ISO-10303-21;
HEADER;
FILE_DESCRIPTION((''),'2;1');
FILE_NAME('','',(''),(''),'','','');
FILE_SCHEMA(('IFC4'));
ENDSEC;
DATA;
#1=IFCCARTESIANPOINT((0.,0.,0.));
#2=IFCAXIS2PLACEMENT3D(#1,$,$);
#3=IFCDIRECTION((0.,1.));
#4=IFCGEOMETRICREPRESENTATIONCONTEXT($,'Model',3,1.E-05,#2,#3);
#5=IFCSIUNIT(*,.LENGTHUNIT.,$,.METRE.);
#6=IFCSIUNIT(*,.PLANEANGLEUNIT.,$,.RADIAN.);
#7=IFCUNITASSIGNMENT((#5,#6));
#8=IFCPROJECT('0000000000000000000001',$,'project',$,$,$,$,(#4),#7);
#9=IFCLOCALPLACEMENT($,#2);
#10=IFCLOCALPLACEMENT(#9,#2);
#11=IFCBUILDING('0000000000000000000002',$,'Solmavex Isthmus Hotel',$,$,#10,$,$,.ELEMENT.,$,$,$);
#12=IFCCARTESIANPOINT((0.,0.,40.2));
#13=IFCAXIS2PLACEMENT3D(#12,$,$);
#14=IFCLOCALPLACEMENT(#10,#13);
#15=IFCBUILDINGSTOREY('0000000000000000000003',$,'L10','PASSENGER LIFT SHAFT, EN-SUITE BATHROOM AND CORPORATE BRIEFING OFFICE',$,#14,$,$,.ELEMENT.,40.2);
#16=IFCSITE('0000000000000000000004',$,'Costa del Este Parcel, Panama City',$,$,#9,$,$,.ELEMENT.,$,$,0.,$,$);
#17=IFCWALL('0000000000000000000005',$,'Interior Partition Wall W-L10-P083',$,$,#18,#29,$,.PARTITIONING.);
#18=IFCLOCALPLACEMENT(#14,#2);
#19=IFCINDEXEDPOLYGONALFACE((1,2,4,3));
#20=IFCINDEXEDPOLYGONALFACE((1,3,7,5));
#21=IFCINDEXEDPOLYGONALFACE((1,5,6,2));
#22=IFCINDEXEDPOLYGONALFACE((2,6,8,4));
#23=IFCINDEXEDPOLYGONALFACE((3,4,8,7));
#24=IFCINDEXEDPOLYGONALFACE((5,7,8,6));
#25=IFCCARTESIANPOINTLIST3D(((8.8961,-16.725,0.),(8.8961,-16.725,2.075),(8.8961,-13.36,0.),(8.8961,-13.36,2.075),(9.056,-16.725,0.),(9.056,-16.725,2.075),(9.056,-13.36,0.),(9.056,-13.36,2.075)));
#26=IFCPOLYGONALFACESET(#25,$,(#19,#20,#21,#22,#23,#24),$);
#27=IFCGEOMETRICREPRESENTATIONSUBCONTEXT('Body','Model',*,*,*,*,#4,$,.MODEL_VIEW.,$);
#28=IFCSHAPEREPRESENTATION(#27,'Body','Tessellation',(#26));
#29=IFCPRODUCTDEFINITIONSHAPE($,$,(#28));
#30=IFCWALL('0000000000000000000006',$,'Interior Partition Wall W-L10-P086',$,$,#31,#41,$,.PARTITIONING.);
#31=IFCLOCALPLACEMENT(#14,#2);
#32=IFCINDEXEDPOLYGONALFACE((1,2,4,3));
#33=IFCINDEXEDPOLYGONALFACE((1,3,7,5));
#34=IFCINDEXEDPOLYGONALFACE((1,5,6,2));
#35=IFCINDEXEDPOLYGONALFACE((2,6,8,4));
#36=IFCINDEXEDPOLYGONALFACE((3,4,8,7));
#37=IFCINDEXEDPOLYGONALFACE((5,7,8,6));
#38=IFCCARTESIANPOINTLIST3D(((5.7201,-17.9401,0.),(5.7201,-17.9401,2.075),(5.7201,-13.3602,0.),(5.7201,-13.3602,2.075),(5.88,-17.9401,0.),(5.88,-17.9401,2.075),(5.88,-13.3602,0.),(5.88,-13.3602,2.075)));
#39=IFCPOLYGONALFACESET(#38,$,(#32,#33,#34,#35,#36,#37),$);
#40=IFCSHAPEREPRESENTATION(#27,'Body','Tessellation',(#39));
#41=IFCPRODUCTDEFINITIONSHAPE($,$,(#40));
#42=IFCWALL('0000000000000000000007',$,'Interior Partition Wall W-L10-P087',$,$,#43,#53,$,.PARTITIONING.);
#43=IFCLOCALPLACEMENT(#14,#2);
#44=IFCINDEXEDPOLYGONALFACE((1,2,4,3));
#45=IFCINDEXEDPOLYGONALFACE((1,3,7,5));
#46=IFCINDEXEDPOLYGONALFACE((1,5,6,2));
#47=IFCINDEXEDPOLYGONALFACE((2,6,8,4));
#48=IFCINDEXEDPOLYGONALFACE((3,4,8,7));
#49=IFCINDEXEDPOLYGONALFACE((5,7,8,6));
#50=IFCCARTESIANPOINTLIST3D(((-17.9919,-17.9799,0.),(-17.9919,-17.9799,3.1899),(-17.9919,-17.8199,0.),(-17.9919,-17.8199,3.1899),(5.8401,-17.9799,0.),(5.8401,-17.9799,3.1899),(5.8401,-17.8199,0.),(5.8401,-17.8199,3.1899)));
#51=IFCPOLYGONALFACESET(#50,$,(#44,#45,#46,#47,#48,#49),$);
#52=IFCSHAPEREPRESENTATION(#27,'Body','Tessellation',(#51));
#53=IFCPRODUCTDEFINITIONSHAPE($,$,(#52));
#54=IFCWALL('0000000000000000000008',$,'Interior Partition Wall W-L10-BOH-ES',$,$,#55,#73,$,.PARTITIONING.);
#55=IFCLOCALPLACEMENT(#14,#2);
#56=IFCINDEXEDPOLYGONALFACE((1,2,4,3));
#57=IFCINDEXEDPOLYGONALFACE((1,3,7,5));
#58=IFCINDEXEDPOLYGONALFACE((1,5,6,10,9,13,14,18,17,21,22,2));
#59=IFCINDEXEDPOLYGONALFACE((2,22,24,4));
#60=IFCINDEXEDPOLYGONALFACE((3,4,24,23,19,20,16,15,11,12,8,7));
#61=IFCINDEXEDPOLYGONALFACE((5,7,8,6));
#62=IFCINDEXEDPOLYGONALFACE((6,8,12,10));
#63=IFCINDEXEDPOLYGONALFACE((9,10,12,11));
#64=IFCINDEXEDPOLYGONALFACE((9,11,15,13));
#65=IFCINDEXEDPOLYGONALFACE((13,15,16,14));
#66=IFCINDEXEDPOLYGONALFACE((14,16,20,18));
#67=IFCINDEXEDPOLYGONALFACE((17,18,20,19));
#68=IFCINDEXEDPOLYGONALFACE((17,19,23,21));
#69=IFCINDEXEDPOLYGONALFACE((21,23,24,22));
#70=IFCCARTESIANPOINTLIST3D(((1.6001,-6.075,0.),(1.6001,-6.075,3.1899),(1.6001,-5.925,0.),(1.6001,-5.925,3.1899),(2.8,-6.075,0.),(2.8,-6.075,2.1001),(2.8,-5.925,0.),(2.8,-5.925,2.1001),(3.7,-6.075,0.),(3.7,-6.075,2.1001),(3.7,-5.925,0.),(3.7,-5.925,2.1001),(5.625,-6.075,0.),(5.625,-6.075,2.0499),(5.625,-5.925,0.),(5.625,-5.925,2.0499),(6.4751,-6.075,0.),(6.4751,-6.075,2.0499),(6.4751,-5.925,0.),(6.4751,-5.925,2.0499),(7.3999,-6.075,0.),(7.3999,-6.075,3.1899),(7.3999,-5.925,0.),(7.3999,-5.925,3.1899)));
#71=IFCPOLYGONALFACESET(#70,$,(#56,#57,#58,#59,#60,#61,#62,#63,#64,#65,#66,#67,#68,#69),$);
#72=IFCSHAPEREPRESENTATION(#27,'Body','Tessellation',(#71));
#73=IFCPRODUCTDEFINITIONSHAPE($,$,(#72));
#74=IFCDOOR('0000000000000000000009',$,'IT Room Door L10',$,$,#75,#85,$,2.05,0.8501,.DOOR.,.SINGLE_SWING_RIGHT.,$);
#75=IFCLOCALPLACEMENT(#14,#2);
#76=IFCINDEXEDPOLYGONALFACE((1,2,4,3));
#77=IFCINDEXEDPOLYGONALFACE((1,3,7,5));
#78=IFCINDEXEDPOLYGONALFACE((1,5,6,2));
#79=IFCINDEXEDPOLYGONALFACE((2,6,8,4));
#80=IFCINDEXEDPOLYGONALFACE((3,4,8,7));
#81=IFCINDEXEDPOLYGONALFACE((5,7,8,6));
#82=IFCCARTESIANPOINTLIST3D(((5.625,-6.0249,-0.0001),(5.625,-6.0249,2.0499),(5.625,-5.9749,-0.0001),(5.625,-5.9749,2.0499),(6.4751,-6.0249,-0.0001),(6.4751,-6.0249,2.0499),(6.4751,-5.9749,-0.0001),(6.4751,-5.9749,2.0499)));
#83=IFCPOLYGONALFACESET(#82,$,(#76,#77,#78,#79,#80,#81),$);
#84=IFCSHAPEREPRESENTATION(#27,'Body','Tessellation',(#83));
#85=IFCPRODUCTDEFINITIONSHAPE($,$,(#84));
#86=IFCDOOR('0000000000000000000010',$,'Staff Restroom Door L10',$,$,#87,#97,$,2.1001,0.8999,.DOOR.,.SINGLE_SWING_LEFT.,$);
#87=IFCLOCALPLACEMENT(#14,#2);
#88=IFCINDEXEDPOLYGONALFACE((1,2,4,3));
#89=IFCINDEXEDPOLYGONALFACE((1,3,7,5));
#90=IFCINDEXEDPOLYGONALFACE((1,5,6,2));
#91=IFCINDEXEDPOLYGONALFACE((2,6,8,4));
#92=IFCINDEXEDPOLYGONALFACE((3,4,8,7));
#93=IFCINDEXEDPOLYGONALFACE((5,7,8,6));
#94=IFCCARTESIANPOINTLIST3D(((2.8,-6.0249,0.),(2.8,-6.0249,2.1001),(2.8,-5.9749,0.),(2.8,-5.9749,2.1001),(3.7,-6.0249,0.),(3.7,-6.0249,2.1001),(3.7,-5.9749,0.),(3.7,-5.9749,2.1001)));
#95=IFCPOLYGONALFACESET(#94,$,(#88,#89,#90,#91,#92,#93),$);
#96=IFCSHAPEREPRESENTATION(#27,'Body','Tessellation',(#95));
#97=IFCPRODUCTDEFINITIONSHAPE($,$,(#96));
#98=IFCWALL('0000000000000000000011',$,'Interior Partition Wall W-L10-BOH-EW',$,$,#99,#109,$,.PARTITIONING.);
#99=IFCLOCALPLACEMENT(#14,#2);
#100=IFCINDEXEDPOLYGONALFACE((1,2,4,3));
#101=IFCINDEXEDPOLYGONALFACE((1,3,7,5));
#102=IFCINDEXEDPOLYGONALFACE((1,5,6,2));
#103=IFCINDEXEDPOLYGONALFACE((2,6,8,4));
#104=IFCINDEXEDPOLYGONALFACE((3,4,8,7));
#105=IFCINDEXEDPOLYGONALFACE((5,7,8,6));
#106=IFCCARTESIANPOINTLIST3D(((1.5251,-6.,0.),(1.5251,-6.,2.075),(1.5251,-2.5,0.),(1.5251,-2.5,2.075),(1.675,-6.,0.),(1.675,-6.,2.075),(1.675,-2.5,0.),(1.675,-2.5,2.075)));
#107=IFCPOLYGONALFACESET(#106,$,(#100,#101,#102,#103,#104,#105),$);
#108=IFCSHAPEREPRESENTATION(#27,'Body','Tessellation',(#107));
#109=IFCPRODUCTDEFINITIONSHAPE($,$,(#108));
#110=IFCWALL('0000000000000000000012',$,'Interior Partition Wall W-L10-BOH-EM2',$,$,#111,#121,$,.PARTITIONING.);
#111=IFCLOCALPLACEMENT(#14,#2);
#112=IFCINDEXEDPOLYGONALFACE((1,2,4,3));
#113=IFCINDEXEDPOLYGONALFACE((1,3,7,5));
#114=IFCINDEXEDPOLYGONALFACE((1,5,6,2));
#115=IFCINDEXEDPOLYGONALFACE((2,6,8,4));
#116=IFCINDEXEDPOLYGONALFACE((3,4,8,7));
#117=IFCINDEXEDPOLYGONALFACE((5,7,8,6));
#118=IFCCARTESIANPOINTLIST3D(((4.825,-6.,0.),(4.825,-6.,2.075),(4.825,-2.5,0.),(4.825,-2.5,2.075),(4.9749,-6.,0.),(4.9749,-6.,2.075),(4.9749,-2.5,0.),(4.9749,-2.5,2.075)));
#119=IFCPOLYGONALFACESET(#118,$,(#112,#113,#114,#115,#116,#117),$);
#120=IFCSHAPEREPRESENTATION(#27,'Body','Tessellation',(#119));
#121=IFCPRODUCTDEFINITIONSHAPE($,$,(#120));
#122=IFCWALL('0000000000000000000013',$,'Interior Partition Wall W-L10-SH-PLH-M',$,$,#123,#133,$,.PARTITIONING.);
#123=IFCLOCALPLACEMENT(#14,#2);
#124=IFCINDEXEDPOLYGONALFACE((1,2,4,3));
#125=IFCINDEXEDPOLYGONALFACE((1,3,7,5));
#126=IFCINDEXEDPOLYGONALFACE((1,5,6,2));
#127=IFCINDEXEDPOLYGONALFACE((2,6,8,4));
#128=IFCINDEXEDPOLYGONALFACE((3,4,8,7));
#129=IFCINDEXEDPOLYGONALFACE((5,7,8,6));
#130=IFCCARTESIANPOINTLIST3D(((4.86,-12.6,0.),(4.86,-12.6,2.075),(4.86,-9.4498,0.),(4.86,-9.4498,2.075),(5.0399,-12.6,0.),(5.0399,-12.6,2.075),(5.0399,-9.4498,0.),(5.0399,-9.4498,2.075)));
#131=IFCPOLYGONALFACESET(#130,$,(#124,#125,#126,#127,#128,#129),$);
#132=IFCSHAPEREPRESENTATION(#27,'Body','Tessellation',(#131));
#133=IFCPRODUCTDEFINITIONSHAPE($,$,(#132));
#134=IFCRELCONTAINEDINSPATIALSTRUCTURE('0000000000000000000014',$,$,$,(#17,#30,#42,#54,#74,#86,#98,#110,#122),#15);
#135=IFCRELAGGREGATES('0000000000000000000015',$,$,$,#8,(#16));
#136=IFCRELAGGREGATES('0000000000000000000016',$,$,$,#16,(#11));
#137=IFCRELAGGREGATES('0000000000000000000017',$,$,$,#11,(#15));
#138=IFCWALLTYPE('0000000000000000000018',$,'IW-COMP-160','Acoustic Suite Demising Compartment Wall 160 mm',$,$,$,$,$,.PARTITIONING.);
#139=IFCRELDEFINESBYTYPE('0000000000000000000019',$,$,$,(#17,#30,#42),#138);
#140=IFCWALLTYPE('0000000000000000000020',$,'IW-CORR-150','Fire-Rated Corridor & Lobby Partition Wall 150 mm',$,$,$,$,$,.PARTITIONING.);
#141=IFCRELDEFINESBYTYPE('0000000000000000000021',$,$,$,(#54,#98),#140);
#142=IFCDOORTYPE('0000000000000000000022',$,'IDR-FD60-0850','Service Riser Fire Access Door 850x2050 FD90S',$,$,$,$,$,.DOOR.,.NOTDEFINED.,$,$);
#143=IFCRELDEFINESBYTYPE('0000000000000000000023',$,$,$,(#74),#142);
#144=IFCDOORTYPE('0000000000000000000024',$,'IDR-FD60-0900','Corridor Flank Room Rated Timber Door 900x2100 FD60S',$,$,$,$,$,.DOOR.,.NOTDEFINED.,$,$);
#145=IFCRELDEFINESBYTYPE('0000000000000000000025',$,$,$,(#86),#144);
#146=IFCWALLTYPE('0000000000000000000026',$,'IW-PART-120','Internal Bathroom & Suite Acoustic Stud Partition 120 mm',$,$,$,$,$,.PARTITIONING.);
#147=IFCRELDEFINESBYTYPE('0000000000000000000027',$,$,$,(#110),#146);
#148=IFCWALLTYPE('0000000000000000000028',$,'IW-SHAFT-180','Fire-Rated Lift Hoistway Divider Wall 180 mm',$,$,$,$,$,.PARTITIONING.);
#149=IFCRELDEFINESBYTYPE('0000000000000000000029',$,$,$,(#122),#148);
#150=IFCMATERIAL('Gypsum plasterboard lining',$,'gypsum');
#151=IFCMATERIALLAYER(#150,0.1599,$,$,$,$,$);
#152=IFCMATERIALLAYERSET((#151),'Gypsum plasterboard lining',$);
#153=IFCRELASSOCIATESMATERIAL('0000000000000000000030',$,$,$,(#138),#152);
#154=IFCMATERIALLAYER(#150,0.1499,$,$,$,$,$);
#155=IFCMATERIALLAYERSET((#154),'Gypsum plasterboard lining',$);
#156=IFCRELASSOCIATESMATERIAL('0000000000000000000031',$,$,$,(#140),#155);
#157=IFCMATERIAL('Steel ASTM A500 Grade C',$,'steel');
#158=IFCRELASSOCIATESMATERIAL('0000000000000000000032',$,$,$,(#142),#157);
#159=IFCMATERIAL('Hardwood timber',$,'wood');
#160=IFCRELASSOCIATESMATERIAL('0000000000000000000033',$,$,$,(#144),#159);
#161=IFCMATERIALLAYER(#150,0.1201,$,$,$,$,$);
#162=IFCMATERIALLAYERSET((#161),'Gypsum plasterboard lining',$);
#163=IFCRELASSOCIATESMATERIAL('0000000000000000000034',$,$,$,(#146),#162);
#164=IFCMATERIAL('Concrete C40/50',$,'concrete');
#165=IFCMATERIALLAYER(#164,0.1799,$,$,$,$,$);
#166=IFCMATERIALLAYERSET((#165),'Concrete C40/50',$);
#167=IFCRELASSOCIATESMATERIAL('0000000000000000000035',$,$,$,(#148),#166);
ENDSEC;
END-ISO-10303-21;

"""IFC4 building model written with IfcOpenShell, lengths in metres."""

from ifc_helpers import new_model, si_unit, direction, frame, frame_2d, origin, place, context, subcontext, project, spatial, rectangle, extrude, material, layer, layer_set, type_object, element, fill, save


model = new_model("IFC4")

# Units and contexts
model_context = context("Model", 3, precision=1e-05, world=origin(), true_north=direction((0.0, 1.0)))
body_context = subcontext(model_context, "Body", "Model", "MODEL_VIEW")
ifc_project = project(units=[si_unit("LENGTHUNIT", "METRE"), si_unit("PLANEANGLEUNIT", "RADIAN")], contexts=[model_context])

# Site, building, storey
site_placement = place(None, origin())
site = spatial("IfcSite", under=ifc_project, at=site_placement, Name="Costa del Este Parcel, Panama City", CompositionType="ELEMENT", RefElevation=0.0)
building_placement = place(site_placement, origin())
building = spatial("IfcBuilding", under=site, at=building_placement, Name="Solmavex Isthmus Hotel", CompositionType="ELEMENT")
storey_placement = place(building_placement, frame((0.0, 0.0, 40.2)))
storey = spatial("IfcBuildingStorey", under=building, at=storey_placement, Name="L10", Description="PASSENGER LIFT SHAFT, EN-SUITE BATHROOM AND CORPORATE BRIEFING OFFICE", CompositionType="ELEMENT", Elevation=40.2)

# Walls
ifc_material_1 = material(Name="Gypsum plasterboard lining", Category="gypsum")
ifc_layer_1 = layer(ifc_material_1, 0.1599)
ifc_layer_set_1 = layer_set([ifc_layer_1], Name="Gypsum plasterboard lining")
wall_type_1 = type_object("IfcWallType", Name="IW-COMP-160", Description="Acoustic Suite Demising Compartment Wall 160 mm", PredefinedType="PARTITIONING", material=ifc_layer_set_1)
wall_1_placement = place(storey_placement, frame((8.9761, -16.7251, 0.0), z_axis=(0.0, 0.0, 1.0), x_axis=(0.0, 1.0, 0.0)))
element("IfcWall", 1, at=wall_1_placement, inside=storey, type_object=wall_type_1, Name="Interior Partition Wall W-L10-P083", PredefinedType="PARTITIONING", context=body_context, shape_type="SweptSolid", body=[
    extrude(rectangle(XDim=3.365, YDim=0.1599, at=frame_2d((1.6826, 0.0))), origin(), (0.0, 0.0, 1.0), 2.075),
])
wall_2_placement = place(storey_placement, frame((5.8, -13.3601, 0.0), z_axis=(0.0, 0.0, 1.0), x_axis=(0.0, -1.0, 0.0)))
element("IfcWall", 2, at=wall_2_placement, inside=storey, type_object=wall_type_1, Name="Interior Partition Wall W-L10-P086", PredefinedType="PARTITIONING", context=body_context, shape_type="SweptSolid", body=[
    extrude(rectangle(XDim=4.5798, YDim=0.1599, at=frame_2d((2.29, 0.0))), origin(), (0.0, 0.0, 1.0), 2.075),
])
wall_3_placement = place(storey_placement, frame((5.8401, -17.8999, 0.0), z_axis=(0.0, 0.0, 1.0), x_axis=(-1.0, 0.0, 0.0)))
element("IfcWall", 3, at=wall_3_placement, inside=storey, type_object=wall_type_1, Name="Interior Partition Wall W-L10-P087", PredefinedType="PARTITIONING", context=body_context, shape_type="SweptSolid", body=[
    extrude(rectangle(XDim=23.832, YDim=0.1599, at=frame_2d((11.916, 0.0))), origin(), (0.0, 0.0, 1.0), 3.1899),
])

# Wall, openings, doors
ifc_layer_2 = layer(ifc_material_1, 0.1499)
ifc_layer_set_2 = layer_set([ifc_layer_2], Name="Gypsum plasterboard lining")
wall_type_2 = type_object("IfcWallType", Name="IW-CORR-150", Description="Fire-Rated Corridor & Lobby Partition Wall 150 mm", PredefinedType="PARTITIONING", material=ifc_layer_set_2)
wall_4_placement = place(storey_placement, frame((1.6001, -6.0, 0.0), z_axis=(0.0, 0.0, 1.0), x_axis=(1.0, 0.0, 0.0)))
wall_4 = element("IfcWall", 4, at=wall_4_placement, inside=storey, type_object=wall_type_2, Name="Interior Partition Wall W-L10-BOH-ES", PredefinedType="PARTITIONING", context=body_context, shape_type="SweptSolid", body=[
    extrude(rectangle(XDim=5.7998, YDim=0.1499, at=frame_2d((2.8999, 0.0))), origin(), (0.0, 0.0, 1.0), 3.1899),
])
opening_1_placement = place(wall_4_placement, frame((1.2, 0.0, 0.0)))
opening_1 = element("IfcOpeningElement", 5, at=opening_1_placement, cuts=wall_4, PredefinedType="OPENING", context=body_context, shape_type="SweptSolid", body=[
    extrude(rectangle(XDim=0.8999, YDim=2.1001, at=frame_2d((0.45, 1.05))), frame((0.0, 0.085, 0.0), z_axis=(0.0, -1.0, 0.0), x_axis=(1.0, 0.0, 0.0)), (0.0, 0.0, 1.0), 0.1699),
])
opening_2_placement = place(wall_4_placement, frame((4.0249, 0.0, 0.0)))
opening_2 = element("IfcOpeningElement", 6, at=opening_2_placement, cuts=wall_4, PredefinedType="OPENING", context=body_context, shape_type="SweptSolid", body=[
    extrude(rectangle(XDim=0.8501, YDim=2.05, at=frame_2d((0.425, 1.0249))), frame((0.0, 0.085, 0.0), z_axis=(0.0, -1.0, 0.0), x_axis=(1.0, 0.0, 0.0)), (0.0, 0.0, 1.0), 0.1699),
])
ifc_material_2 = material(Name="Steel ASTM A500 Grade C", Category="steel")
door_type_1 = type_object("IfcDoorType", Name="IDR-FD60-0850", Description="Service Riser Fire Access Door 850x2050 FD90S", OperationType="NOTDEFINED", PredefinedType="DOOR", material=ifc_material_2)
door_1_placement = place(opening_2_placement, frame((0.8501, 0.0, 0.0), z_axis=(0.0, 0.0, 1.0), x_axis=(-1.0, 0.0, 0.0)))
door_1 = element("IfcDoor", 7, at=door_1_placement, inside=storey, type_object=door_type_1, Name="IT Room Door L10", OperationType="SINGLE_SWING_RIGHT", OverallHeight=2.05, OverallWidth=0.8501, PredefinedType="DOOR", context=body_context, shape_type="SweptSolid", body=[
    extrude(rectangle(XDim=0.8501, YDim=2.05, at=frame_2d((0.425, 1.0249))), frame((0.0, 0.0249, 0.0), z_axis=(0.0, -1.0, 0.0), x_axis=(1.0, 0.0, 0.0)), (0.0, 0.0, 1.0), 0.05),
])
fill(opening_2, door_1)
ifc_material_3 = material(Name="Hardwood timber", Category="wood")
door_type_2 = type_object("IfcDoorType", Name="IDR-FD60-0900", Description="Corridor Flank Room Rated Timber Door 900x2100 FD60S", OperationType="NOTDEFINED", PredefinedType="DOOR", material=ifc_material_3)
door_2_placement = place(opening_1_placement, frame((0.8999, 0.0, 0.0), z_axis=(0.0, 0.0, 1.0), x_axis=(-1.0, 0.0, 0.0)))
door_2 = element("IfcDoor", 8, at=door_2_placement, inside=storey, type_object=door_type_2, Name="Staff Restroom Door L10", OperationType="SINGLE_SWING_LEFT", OverallHeight=2.1001, OverallWidth=0.8999, PredefinedType="DOOR", context=body_context, shape_type="SweptSolid", body=[
    extrude(rectangle(XDim=0.8999, YDim=2.1001, at=frame_2d((0.45, 1.05))), frame((0.0, 0.0249, 0.0), z_axis=(0.0, -1.0, 0.0), x_axis=(1.0, 0.0, 0.0)), (0.0, 0.0, 1.0), 0.05),
])
fill(opening_1, door_2)

# Walls
wall_5_placement = place(storey_placement, frame((1.6001, -6.0, 0.0), z_axis=(0.0, 0.0, 1.0), x_axis=(0.0, 1.0, 0.0)))
element("IfcWall", 9, at=wall_5_placement, inside=storey, type_object=wall_type_2, Name="Interior Partition Wall W-L10-BOH-EW", PredefinedType="PARTITIONING", context=body_context, shape_type="SweptSolid", body=[
    extrude(rectangle(XDim=3.5, YDim=0.1499, at=frame_2d((1.75, 0.0))), origin(), (0.0, 0.0, 1.0), 2.075),
])
ifc_layer_3 = layer(ifc_material_1, 0.1201)
ifc_layer_set_3 = layer_set([ifc_layer_3], Name="Gypsum plasterboard lining")
wall_type_3 = type_object("IfcWallType", Name="IW-PART-120", Description="Internal Bathroom & Suite Acoustic Stud Partition 120 mm", PredefinedType="PARTITIONING", material=ifc_layer_set_3)
wall_6_placement = place(storey_placement, frame((4.8999, -6.0, 0.0), z_axis=(0.0, 0.0, 1.0), x_axis=(0.0, 1.0, 0.0)))
element("IfcWall", 10, at=wall_6_placement, inside=storey, type_object=wall_type_3, Name="Interior Partition Wall W-L10-BOH-EM2", PredefinedType="PARTITIONING", context=body_context, shape_type="SweptSolid", body=[
    extrude(rectangle(XDim=3.5, YDim=0.1499, at=frame_2d((1.75, 0.0))), origin(), (0.0, 0.0, 1.0), 2.075),
])
ifc_material_4 = material(Name="Concrete C40/50", Category="concrete")
ifc_layer_4 = layer(ifc_material_4, 0.1799)
ifc_layer_set_4 = layer_set([ifc_layer_4], Name="Concrete C40/50")
wall_type_4 = type_object("IfcWallType", Name="IW-SHAFT-180", Description="Fire-Rated Lift Hoistway Divider Wall 180 mm", PredefinedType="PARTITIONING", material=ifc_layer_set_4)
wall_7_placement = place(storey_placement, frame((4.95, -12.6001, 0.0), z_axis=(0.0, 0.0, 1.0), x_axis=(0.0, 1.0, 0.0)))
element("IfcWall", 11, at=wall_7_placement, inside=storey, type_object=wall_type_4, Name="Interior Partition Wall W-L10-SH-PLH-M", PredefinedType="PARTITIONING", context=body_context, shape_type="SweptSolid", body=[
    extrude(rectangle(XDim=3.1501, YDim=0.1799, at=frame_2d((1.5752, 0.0))), origin(), (0.0, 0.0, 1.0), 2.075),
])

save(model, "model.ifc")
